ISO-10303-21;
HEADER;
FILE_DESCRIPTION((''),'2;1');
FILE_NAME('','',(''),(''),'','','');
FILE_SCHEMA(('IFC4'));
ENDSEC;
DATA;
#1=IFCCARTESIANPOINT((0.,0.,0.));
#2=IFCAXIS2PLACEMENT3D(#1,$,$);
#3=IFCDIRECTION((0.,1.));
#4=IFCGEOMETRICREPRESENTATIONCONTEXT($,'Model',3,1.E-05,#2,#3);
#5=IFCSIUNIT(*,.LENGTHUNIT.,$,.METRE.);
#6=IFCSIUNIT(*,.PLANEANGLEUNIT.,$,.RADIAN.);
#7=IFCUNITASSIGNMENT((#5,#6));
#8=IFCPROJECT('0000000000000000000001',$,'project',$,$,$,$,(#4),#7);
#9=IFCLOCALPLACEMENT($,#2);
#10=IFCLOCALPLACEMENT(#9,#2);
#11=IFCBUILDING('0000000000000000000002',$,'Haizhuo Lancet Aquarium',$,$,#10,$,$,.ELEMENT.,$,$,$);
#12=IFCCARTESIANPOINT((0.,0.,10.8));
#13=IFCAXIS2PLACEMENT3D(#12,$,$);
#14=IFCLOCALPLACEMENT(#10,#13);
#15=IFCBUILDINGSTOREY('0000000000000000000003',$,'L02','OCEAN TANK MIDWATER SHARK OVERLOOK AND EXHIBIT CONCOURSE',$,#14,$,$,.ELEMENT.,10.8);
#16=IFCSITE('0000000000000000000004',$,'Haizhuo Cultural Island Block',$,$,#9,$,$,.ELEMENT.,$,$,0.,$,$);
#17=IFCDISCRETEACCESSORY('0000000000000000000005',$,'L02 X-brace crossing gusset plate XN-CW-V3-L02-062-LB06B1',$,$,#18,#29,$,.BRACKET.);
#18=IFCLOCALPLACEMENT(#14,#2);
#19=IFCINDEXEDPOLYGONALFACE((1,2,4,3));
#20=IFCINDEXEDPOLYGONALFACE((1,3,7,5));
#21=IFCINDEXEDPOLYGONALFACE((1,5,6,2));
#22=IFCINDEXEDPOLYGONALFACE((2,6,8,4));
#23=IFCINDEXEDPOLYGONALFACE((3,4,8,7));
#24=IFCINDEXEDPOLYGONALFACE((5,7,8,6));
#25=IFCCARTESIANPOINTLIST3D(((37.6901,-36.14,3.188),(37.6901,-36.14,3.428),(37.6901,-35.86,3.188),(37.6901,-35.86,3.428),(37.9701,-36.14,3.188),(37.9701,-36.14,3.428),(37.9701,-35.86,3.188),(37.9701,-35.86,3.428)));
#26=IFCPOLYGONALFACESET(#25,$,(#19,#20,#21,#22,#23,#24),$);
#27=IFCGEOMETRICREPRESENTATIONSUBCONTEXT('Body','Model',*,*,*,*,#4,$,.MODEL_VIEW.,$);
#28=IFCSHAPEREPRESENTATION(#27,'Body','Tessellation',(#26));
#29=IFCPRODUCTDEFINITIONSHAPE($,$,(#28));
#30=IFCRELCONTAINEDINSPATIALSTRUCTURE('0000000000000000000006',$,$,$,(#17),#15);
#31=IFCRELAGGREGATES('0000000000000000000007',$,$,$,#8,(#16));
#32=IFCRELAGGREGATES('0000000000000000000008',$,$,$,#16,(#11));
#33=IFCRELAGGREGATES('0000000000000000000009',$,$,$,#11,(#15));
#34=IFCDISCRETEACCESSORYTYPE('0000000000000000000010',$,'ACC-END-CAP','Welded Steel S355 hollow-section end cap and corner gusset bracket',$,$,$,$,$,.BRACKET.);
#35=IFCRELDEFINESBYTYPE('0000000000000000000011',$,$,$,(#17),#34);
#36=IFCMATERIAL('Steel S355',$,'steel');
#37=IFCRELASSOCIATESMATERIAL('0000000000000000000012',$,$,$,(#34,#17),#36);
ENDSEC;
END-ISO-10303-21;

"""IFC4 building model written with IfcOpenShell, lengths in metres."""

from ifc_helpers import new_model, si_unit, direction, frame, origin, origin_2d, place, context, subcontext, project, spatial, rectangle, extrude, material, type_object, element, save


model = new_model("IFC4")

# Units and contexts
model_context = context("Model", 3, precision=1e-05, world=origin(), true_north=direction((0.0, 1.0)))
body_context = subcontext(model_context, "Body", "Model", "MODEL_VIEW")
ifc_project = project(units=[si_unit("LENGTHUNIT", "METRE"), si_unit("PLANEANGLEUNIT", "RADIAN")], contexts=[model_context])

# Site, building, storey
site_placement = place(None, origin())
site = spatial("IfcSite", under=ifc_project, at=site_placement, Name="Haizhuo Cultural Island Block", CompositionType="ELEMENT", RefElevation=0.0)
building_placement = place(site_placement, origin())
building = spatial("IfcBuilding", under=site, at=building_placement, Name="Haizhuo Lancet Aquarium", CompositionType="ELEMENT")
storey_placement = place(building_placement, frame((0.0, 0.0, 10.8)))
storey = spatial("IfcBuildingStorey", under=building, at=storey_placement, Name="L02", Description="OCEAN TANK MIDWATER SHARK OVERLOOK AND EXHIBIT CONCOURSE", CompositionType="ELEMENT", Elevation=10.8)

# Shared definitions
ifc_material_1 = material(Name="Steel S355", Category="steel")

# Discrete accessory
discrete_accessory_type = type_object("IfcDiscreteAccessoryType", Name="ACC-END-CAP", Description="Welded Steel S355 hollow-section end cap and corner gusset bracket", PredefinedType="BRACKET", material=ifc_material_1)
for number, where, z_axis, x_axis, name in (
    (1, (37.8301, -36.0, 3.188), (0.0, 0.0, 1.0), (1.0, 0.0, 0.0), "L02 X-brace crossing gusset plate XN-CW-V3-L02-062-LB06B1"),
):
    element("IfcDiscreteAccessory", number, at=place(storey_placement, frame(where, z_axis=z_axis, x_axis=x_axis)), inside=storey, type_object=discrete_accessory_type, material=ifc_material_1, Name=name, PredefinedType="BRACKET", context=body_context, shape_type="SweptSolid", body=[
        extrude(rectangle(XDim=0.28, YDim=0.28, at=origin_2d()), origin(), (0.0, 0.0, 1.0), 0.24),
    ])

save(model, "model.ifc")
